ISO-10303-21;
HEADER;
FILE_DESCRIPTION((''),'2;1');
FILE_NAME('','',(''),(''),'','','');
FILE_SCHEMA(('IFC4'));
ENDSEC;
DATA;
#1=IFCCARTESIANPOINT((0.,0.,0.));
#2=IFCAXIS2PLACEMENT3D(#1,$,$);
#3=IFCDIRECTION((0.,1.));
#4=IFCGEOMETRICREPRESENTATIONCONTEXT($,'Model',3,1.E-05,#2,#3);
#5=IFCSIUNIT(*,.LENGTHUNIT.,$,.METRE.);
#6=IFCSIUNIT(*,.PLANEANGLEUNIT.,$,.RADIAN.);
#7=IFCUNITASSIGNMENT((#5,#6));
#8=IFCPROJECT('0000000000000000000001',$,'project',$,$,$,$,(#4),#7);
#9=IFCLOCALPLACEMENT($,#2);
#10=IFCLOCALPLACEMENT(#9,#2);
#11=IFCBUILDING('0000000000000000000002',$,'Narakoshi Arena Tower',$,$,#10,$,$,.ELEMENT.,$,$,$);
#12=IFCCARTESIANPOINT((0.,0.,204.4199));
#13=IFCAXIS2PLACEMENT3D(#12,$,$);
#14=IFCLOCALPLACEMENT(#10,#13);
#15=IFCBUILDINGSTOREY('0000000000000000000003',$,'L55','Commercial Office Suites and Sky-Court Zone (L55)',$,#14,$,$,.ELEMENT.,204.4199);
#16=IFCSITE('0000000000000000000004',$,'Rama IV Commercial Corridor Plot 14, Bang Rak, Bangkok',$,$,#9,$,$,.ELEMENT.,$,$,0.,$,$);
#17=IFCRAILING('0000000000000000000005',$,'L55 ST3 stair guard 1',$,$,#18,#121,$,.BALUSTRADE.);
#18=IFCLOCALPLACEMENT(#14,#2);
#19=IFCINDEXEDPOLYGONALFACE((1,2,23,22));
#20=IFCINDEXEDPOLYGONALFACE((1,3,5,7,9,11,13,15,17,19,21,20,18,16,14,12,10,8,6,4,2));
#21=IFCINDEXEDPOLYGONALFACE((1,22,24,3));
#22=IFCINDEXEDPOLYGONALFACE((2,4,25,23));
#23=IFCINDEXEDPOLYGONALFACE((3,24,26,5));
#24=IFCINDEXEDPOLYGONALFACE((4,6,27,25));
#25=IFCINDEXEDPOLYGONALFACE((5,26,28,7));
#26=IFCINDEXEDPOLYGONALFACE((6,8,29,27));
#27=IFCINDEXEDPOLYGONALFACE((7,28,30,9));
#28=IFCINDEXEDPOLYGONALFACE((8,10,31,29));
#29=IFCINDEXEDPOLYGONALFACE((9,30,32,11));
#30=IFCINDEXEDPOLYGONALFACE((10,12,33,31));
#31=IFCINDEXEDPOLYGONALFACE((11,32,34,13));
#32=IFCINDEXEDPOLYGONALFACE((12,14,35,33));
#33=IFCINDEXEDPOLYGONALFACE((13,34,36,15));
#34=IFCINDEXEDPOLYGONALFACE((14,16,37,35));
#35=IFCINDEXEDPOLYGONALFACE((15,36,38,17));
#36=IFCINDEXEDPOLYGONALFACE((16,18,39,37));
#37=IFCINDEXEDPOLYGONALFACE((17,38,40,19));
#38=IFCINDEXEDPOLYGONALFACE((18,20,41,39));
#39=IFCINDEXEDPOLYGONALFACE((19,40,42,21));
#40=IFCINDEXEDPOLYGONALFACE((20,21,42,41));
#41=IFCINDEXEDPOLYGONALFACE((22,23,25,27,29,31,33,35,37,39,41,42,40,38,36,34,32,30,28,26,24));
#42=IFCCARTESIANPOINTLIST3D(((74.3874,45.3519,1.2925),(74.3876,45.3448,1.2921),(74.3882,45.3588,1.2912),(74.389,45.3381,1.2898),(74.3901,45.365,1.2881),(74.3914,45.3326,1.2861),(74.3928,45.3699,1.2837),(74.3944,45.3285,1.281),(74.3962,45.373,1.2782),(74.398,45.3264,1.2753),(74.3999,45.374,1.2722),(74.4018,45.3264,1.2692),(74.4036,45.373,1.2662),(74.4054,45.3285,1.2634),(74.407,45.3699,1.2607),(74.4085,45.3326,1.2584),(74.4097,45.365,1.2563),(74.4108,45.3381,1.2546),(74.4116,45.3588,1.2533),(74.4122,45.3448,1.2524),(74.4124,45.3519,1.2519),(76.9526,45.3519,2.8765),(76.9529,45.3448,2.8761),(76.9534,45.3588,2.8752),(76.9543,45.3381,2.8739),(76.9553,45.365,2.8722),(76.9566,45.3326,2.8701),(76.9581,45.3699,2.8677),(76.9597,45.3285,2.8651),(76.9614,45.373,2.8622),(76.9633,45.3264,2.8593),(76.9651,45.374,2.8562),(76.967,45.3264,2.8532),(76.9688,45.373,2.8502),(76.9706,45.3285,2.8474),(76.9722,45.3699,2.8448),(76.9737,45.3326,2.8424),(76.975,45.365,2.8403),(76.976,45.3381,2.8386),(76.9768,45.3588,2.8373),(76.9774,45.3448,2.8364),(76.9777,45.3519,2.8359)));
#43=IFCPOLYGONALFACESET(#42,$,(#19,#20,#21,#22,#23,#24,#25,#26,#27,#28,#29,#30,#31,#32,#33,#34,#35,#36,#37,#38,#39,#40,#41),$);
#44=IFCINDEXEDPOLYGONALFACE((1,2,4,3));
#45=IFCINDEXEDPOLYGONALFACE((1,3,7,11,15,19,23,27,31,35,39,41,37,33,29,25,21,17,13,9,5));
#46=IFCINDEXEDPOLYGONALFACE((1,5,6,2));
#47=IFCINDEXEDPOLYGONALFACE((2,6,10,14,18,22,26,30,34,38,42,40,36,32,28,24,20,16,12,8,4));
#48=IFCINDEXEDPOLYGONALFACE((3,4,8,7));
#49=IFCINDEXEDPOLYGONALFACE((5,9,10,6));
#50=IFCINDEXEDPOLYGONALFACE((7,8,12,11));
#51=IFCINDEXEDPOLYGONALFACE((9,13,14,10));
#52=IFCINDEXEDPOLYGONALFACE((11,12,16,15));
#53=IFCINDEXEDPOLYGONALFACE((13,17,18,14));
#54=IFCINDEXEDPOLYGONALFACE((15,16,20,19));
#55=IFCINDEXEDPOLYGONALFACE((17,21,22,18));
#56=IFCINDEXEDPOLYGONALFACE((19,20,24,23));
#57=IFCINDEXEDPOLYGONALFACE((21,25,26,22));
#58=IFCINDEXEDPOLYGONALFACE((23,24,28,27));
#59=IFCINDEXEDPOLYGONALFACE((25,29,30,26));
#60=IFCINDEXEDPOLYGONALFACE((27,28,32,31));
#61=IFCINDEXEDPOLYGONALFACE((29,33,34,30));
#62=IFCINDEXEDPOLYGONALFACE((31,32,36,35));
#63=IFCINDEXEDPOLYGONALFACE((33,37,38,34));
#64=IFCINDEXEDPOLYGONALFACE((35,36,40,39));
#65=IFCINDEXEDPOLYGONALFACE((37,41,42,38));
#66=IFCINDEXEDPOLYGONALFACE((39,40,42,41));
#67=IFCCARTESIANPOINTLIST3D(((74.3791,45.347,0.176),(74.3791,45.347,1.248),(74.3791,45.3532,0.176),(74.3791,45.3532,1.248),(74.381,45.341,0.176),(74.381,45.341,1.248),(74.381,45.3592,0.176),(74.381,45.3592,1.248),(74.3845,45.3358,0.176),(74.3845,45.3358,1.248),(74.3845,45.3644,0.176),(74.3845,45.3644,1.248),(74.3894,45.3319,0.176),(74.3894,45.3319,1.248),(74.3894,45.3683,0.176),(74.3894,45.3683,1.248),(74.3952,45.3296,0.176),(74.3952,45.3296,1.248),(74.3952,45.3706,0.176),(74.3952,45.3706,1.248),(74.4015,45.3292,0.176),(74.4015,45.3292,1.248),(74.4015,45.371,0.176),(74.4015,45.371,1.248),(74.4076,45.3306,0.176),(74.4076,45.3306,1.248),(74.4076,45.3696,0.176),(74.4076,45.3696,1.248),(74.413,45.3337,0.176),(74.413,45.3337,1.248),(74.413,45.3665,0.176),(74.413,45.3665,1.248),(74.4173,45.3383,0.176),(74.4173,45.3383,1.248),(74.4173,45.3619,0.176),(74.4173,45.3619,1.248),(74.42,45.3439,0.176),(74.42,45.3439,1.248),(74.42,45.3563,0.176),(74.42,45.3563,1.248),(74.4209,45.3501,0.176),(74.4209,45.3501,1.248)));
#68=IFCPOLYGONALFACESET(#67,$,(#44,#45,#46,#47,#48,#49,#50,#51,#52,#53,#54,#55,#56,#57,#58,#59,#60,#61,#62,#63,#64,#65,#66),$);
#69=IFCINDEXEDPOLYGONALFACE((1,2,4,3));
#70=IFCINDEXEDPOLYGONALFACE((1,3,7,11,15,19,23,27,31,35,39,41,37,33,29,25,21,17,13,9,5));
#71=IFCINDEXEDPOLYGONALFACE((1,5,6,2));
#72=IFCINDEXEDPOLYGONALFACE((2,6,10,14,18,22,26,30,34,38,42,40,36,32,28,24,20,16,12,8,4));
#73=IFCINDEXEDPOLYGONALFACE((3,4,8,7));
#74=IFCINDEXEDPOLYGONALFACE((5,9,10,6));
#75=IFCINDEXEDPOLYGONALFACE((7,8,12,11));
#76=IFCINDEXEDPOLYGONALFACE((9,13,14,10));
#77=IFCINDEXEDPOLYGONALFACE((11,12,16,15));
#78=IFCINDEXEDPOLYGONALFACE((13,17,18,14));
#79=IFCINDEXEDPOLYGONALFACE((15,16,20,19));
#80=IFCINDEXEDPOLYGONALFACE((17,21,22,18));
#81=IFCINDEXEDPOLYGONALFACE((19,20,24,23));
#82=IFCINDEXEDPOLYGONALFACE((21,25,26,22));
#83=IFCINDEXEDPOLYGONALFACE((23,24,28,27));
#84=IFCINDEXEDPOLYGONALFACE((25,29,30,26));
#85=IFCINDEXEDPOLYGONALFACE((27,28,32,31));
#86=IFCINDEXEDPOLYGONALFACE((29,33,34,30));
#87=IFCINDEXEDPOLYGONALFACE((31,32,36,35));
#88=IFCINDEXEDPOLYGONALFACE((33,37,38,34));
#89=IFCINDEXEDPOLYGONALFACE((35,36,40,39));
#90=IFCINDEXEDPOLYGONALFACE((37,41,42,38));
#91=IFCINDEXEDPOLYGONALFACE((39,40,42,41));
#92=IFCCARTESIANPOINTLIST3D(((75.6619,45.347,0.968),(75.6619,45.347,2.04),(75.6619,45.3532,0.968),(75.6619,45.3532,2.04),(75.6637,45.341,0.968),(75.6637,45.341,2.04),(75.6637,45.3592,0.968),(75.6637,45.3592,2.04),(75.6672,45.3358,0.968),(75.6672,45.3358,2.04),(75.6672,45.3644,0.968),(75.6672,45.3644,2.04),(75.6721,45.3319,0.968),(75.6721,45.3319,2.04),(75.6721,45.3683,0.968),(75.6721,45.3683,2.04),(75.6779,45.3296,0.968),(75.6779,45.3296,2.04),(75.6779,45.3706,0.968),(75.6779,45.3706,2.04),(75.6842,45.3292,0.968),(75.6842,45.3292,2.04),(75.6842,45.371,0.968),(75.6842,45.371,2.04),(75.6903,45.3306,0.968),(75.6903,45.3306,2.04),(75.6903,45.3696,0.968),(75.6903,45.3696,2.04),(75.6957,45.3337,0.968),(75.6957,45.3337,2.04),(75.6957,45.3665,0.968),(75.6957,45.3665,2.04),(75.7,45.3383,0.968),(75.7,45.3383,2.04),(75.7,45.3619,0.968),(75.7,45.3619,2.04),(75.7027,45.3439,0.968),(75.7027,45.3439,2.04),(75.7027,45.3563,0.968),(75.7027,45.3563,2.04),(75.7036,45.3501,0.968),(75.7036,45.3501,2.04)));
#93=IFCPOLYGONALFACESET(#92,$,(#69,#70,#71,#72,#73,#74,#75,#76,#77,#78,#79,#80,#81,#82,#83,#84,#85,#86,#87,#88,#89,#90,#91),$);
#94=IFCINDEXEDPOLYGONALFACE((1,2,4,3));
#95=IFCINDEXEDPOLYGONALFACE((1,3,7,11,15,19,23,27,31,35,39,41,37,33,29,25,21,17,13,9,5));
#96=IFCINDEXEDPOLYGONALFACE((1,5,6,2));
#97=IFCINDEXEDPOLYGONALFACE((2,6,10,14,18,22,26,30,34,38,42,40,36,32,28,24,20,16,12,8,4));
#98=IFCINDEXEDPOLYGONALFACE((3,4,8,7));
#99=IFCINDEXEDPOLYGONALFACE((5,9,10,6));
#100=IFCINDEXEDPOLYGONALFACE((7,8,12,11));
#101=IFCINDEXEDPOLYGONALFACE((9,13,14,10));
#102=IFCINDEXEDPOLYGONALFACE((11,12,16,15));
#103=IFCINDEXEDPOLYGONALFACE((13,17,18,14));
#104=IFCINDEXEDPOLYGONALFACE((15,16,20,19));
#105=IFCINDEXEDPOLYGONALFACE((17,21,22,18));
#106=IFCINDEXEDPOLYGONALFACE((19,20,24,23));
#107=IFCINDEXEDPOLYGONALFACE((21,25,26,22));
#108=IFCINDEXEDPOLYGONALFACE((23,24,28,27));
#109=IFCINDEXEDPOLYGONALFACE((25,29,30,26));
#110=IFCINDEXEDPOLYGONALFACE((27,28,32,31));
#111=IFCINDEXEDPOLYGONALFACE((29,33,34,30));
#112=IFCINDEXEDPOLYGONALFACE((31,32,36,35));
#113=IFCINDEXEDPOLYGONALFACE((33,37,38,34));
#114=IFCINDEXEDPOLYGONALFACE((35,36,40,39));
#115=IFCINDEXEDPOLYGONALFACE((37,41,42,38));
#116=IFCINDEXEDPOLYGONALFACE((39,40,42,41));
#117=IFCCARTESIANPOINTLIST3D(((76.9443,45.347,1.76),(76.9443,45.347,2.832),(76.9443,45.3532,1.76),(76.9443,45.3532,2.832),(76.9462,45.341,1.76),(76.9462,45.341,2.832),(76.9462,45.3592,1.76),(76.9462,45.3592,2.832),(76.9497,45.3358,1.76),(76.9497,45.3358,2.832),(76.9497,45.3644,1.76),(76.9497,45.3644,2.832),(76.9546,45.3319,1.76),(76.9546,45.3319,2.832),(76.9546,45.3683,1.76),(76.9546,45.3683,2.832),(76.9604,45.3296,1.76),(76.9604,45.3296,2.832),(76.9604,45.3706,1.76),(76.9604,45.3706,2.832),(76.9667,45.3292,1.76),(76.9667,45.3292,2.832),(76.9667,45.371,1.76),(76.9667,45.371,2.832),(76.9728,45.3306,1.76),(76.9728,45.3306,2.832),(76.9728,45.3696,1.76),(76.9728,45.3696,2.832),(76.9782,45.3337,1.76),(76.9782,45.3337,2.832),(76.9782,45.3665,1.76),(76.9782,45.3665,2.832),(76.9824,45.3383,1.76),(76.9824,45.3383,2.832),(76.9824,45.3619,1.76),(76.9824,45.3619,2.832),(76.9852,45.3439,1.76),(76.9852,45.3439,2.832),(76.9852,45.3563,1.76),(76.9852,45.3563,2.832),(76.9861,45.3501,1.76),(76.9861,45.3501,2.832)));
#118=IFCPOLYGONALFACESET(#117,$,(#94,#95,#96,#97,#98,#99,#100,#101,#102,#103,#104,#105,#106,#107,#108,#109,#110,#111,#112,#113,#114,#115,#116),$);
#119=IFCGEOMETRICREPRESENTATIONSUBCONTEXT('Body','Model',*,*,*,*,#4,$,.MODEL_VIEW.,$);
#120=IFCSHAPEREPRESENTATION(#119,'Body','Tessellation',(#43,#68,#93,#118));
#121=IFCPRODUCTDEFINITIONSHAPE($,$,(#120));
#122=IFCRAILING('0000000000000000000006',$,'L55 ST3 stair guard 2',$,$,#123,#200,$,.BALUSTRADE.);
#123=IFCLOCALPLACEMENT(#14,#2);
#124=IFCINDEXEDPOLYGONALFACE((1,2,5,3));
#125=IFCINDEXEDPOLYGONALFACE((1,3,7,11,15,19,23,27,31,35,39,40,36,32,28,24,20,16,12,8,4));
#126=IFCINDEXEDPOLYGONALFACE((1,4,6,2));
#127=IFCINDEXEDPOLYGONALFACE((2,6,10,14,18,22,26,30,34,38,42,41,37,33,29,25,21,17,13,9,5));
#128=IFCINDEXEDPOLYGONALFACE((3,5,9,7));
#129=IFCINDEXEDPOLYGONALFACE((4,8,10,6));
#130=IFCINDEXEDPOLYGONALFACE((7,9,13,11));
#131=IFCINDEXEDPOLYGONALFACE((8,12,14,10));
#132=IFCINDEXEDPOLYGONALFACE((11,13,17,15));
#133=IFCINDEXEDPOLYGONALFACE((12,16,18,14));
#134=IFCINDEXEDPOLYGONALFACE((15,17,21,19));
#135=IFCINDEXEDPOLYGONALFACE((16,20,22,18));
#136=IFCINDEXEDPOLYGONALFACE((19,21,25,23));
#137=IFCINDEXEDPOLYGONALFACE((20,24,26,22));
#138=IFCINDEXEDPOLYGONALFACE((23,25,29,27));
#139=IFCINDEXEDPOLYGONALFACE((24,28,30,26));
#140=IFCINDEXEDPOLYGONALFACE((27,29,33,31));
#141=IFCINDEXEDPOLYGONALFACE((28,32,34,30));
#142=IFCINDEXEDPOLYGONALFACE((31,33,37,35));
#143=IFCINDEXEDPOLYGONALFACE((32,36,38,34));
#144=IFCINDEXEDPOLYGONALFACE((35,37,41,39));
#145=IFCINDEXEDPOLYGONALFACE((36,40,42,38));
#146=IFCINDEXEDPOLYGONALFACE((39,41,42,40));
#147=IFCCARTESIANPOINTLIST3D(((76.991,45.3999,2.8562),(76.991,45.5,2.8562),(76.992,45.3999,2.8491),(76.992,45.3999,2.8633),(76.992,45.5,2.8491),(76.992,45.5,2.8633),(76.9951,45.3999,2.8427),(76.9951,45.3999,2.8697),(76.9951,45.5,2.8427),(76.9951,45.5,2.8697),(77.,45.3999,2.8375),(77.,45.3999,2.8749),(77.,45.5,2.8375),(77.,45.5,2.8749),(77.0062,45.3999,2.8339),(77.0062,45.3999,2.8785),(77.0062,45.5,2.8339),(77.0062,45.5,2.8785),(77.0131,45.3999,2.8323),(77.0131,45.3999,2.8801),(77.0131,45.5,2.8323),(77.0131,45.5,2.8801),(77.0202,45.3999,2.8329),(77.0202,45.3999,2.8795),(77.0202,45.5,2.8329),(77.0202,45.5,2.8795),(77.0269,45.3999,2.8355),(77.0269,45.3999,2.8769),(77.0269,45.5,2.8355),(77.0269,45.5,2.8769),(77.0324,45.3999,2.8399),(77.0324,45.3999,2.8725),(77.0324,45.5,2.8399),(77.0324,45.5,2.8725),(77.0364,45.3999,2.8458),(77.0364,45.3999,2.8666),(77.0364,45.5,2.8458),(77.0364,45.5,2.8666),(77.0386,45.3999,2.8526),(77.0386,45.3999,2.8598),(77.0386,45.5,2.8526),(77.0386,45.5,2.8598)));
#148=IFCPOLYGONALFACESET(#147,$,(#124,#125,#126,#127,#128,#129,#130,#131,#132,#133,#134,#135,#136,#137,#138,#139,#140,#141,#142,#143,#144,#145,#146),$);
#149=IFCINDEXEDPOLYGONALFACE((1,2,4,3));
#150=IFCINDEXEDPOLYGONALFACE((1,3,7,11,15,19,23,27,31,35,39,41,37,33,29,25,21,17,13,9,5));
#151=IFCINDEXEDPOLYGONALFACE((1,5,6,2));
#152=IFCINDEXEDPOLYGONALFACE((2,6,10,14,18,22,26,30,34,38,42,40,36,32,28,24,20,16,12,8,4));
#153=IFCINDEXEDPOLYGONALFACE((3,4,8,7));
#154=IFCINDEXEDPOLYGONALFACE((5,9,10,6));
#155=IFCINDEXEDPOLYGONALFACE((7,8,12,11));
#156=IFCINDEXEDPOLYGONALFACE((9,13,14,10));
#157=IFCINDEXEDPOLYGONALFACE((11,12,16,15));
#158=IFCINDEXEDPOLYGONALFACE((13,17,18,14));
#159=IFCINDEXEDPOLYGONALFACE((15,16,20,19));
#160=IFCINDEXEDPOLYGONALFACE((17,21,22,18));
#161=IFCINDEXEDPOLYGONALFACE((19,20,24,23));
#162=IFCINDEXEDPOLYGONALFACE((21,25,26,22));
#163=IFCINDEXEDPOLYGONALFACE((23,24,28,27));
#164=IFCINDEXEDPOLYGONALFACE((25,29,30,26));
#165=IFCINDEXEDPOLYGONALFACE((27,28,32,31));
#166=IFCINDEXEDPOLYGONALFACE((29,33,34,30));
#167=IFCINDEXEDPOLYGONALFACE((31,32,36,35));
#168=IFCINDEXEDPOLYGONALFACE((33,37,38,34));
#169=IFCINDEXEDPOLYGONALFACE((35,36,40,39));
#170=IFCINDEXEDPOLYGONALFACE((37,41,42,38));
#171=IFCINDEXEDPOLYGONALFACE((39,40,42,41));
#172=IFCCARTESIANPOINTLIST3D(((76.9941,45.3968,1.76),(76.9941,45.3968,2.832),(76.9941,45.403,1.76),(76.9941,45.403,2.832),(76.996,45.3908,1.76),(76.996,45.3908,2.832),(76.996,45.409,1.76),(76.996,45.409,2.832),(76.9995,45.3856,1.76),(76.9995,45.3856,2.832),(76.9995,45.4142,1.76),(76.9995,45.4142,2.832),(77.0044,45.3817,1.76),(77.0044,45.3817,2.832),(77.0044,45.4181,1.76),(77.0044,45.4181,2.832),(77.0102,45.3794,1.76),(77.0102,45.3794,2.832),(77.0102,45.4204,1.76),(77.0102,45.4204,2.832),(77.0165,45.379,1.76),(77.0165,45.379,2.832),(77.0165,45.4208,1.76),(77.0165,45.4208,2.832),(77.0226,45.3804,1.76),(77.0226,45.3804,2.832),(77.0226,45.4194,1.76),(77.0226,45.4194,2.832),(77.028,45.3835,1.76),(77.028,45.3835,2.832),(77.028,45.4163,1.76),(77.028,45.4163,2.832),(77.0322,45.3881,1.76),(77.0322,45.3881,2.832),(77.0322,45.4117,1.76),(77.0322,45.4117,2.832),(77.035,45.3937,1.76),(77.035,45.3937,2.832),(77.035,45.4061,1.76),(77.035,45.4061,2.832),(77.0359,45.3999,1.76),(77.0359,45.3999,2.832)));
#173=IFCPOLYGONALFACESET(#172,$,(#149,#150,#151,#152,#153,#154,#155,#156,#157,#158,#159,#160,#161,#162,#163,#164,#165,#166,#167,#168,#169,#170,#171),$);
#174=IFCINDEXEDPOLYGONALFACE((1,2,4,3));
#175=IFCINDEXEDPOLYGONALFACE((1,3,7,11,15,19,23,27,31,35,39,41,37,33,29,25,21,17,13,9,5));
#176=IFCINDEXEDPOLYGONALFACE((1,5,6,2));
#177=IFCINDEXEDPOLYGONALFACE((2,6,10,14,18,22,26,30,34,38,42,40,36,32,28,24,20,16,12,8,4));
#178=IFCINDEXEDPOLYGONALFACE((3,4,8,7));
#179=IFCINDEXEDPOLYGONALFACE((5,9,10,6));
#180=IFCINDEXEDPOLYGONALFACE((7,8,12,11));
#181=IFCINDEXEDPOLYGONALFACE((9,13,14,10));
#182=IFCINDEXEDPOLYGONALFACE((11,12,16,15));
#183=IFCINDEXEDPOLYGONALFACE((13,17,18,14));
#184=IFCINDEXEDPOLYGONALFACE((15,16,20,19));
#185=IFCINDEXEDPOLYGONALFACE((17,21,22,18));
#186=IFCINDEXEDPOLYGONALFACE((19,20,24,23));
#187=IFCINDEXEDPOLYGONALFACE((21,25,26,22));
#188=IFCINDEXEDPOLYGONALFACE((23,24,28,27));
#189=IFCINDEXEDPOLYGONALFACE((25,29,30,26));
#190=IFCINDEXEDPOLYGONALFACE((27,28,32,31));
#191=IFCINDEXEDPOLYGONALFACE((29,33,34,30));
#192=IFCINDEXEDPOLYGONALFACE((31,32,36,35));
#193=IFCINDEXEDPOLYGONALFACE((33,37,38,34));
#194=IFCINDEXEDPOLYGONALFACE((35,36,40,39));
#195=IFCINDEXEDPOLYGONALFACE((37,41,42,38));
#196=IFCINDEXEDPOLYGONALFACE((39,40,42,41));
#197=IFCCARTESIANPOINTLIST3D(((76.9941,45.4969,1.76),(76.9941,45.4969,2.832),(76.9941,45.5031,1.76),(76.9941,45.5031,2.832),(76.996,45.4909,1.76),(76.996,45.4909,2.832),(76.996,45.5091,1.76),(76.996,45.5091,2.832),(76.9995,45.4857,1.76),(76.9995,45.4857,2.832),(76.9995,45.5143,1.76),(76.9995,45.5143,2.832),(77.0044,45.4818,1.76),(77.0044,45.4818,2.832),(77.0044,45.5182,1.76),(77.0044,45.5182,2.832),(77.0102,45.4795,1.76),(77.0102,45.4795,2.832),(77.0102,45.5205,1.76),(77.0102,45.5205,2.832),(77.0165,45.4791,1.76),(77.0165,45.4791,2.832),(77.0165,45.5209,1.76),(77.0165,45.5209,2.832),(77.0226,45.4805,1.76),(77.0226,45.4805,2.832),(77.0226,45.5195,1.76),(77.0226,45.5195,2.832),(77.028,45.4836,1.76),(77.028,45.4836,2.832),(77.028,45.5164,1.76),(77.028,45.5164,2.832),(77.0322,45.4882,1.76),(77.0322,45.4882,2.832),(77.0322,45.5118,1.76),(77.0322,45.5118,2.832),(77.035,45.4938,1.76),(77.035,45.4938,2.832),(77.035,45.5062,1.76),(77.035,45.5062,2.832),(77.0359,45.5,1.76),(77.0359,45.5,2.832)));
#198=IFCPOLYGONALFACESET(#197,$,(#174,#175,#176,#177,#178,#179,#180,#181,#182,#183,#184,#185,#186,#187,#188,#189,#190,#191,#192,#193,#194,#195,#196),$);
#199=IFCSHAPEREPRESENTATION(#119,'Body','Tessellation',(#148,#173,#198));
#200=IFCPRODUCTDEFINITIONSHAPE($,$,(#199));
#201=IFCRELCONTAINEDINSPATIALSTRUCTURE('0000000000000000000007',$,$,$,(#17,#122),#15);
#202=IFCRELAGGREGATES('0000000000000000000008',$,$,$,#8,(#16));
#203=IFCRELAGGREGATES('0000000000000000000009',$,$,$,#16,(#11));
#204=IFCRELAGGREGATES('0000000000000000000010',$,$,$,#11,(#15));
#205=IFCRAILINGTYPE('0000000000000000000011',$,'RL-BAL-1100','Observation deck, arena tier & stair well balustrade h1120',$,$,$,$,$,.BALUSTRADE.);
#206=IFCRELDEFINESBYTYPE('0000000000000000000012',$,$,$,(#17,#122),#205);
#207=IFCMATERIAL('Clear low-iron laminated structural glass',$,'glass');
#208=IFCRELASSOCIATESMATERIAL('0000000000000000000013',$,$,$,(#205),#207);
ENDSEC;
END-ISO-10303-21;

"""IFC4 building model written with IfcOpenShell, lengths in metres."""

from ifc_helpers import new_model, si_unit, direction, frame, origin, origin_2d, place, context, subcontext, project, spatial, circle, extrude, material, type_object, element, save


model = new_model("IFC4")

# Units and contexts
model_context = context("Model", 3, precision=1e-05, world=origin(), true_north=direction((0.0, 1.0)))
body_context = subcontext(model_context, "Body", "Model", "MODEL_VIEW")
ifc_project = project(units=[si_unit("LENGTHUNIT", "METRE"), si_unit("PLANEANGLEUNIT", "RADIAN")], contexts=[model_context])

# Site, building, storey
site_placement = place(None, origin())
site = spatial("IfcSite", under=ifc_project, at=site_placement, Name="Rama IV Commercial Corridor Plot 14, Bang Rak, Bangkok", CompositionType="ELEMENT", RefElevation=0.0)
building_placement = place(site_placement, origin())
building = spatial("IfcBuilding", under=site, at=building_placement, Name="Narakoshi Arena Tower", CompositionType="ELEMENT")
storey_placement = place(building_placement, frame((0.0, 0.0, 204.4199)))
storey = spatial("IfcBuildingStorey", under=building, at=storey_placement, Name="L55", Description="Commercial Office Suites and Sky-Court Zone (L55)", CompositionType="ELEMENT", Elevation=204.4199)

# Railings
ifc_material_1 = material(Name="Clear low-iron laminated structural glass", Category="glass")
railing_type_1 = type_object("IfcRailingType", Name="RL-BAL-1100", Description="Observation deck, arena tier & stair well balustrade h1120", PredefinedType="BALUSTRADE", material=ifc_material_1)
railing_1_placement = place(storey_placement, frame((74.3999, 45.3501, 0.176)))
element("IfcRailing", 1, at=railing_1_placement, inside=storey, type_object=railing_type_1, Name="L55 ST3 stair guard 1", PredefinedType="BALUSTRADE", context=body_context, shape_type="SweptSolid", body=[
    extrude(circle(Radius=0.0239, at=origin_2d()), frame((0.0, 0.0, 1.0962), z_axis=(0.850857, 0.0, 0.525398), x_axis=(0.0, 1.0, 0.0)), (0.0, 0.0, 1.0), 3.0149),
    extrude(circle(Radius=0.021, at=origin_2d()), origin(), (0.0, 0.0, 1.0), 1.072),
    extrude(circle(Radius=0.021, at=origin_2d()), frame((1.2827, 0.0, 0.792)), (0.0, 0.0, 1.0), 1.072),
    extrude(circle(Radius=0.021, at=origin_2d()), frame((2.5652, 0.0, 1.584)), (0.0, 0.0, 1.0), 1.072),
])
railing_2_placement = place(storey_placement, frame((77.0149, 45.3999, 1.76)))
element("IfcRailing", 2, at=railing_2_placement, inside=storey, type_object=railing_type_1, Name="L55 ST3 stair guard 2", PredefinedType="BALUSTRADE", context=body_context, shape_type="SweptSolid", body=[
    extrude(circle(Radius=0.0239, at=origin_2d()), frame((0.0, 0.0, 1.0962), z_axis=(0.0, 1.0, 0.0), x_axis=(-1.0, 0.0, 0.0)), (0.0, 0.0, 1.0), 0.1001),
    extrude(circle(Radius=0.021, at=origin_2d()), origin(), (0.0, 0.0, 1.0), 1.072),
    extrude(circle(Radius=0.021, at=origin_2d()), frame((0.0, 0.1001, 0.0)), (0.0, 0.0, 1.0), 1.072),
])

save(model, "model.ifc")
